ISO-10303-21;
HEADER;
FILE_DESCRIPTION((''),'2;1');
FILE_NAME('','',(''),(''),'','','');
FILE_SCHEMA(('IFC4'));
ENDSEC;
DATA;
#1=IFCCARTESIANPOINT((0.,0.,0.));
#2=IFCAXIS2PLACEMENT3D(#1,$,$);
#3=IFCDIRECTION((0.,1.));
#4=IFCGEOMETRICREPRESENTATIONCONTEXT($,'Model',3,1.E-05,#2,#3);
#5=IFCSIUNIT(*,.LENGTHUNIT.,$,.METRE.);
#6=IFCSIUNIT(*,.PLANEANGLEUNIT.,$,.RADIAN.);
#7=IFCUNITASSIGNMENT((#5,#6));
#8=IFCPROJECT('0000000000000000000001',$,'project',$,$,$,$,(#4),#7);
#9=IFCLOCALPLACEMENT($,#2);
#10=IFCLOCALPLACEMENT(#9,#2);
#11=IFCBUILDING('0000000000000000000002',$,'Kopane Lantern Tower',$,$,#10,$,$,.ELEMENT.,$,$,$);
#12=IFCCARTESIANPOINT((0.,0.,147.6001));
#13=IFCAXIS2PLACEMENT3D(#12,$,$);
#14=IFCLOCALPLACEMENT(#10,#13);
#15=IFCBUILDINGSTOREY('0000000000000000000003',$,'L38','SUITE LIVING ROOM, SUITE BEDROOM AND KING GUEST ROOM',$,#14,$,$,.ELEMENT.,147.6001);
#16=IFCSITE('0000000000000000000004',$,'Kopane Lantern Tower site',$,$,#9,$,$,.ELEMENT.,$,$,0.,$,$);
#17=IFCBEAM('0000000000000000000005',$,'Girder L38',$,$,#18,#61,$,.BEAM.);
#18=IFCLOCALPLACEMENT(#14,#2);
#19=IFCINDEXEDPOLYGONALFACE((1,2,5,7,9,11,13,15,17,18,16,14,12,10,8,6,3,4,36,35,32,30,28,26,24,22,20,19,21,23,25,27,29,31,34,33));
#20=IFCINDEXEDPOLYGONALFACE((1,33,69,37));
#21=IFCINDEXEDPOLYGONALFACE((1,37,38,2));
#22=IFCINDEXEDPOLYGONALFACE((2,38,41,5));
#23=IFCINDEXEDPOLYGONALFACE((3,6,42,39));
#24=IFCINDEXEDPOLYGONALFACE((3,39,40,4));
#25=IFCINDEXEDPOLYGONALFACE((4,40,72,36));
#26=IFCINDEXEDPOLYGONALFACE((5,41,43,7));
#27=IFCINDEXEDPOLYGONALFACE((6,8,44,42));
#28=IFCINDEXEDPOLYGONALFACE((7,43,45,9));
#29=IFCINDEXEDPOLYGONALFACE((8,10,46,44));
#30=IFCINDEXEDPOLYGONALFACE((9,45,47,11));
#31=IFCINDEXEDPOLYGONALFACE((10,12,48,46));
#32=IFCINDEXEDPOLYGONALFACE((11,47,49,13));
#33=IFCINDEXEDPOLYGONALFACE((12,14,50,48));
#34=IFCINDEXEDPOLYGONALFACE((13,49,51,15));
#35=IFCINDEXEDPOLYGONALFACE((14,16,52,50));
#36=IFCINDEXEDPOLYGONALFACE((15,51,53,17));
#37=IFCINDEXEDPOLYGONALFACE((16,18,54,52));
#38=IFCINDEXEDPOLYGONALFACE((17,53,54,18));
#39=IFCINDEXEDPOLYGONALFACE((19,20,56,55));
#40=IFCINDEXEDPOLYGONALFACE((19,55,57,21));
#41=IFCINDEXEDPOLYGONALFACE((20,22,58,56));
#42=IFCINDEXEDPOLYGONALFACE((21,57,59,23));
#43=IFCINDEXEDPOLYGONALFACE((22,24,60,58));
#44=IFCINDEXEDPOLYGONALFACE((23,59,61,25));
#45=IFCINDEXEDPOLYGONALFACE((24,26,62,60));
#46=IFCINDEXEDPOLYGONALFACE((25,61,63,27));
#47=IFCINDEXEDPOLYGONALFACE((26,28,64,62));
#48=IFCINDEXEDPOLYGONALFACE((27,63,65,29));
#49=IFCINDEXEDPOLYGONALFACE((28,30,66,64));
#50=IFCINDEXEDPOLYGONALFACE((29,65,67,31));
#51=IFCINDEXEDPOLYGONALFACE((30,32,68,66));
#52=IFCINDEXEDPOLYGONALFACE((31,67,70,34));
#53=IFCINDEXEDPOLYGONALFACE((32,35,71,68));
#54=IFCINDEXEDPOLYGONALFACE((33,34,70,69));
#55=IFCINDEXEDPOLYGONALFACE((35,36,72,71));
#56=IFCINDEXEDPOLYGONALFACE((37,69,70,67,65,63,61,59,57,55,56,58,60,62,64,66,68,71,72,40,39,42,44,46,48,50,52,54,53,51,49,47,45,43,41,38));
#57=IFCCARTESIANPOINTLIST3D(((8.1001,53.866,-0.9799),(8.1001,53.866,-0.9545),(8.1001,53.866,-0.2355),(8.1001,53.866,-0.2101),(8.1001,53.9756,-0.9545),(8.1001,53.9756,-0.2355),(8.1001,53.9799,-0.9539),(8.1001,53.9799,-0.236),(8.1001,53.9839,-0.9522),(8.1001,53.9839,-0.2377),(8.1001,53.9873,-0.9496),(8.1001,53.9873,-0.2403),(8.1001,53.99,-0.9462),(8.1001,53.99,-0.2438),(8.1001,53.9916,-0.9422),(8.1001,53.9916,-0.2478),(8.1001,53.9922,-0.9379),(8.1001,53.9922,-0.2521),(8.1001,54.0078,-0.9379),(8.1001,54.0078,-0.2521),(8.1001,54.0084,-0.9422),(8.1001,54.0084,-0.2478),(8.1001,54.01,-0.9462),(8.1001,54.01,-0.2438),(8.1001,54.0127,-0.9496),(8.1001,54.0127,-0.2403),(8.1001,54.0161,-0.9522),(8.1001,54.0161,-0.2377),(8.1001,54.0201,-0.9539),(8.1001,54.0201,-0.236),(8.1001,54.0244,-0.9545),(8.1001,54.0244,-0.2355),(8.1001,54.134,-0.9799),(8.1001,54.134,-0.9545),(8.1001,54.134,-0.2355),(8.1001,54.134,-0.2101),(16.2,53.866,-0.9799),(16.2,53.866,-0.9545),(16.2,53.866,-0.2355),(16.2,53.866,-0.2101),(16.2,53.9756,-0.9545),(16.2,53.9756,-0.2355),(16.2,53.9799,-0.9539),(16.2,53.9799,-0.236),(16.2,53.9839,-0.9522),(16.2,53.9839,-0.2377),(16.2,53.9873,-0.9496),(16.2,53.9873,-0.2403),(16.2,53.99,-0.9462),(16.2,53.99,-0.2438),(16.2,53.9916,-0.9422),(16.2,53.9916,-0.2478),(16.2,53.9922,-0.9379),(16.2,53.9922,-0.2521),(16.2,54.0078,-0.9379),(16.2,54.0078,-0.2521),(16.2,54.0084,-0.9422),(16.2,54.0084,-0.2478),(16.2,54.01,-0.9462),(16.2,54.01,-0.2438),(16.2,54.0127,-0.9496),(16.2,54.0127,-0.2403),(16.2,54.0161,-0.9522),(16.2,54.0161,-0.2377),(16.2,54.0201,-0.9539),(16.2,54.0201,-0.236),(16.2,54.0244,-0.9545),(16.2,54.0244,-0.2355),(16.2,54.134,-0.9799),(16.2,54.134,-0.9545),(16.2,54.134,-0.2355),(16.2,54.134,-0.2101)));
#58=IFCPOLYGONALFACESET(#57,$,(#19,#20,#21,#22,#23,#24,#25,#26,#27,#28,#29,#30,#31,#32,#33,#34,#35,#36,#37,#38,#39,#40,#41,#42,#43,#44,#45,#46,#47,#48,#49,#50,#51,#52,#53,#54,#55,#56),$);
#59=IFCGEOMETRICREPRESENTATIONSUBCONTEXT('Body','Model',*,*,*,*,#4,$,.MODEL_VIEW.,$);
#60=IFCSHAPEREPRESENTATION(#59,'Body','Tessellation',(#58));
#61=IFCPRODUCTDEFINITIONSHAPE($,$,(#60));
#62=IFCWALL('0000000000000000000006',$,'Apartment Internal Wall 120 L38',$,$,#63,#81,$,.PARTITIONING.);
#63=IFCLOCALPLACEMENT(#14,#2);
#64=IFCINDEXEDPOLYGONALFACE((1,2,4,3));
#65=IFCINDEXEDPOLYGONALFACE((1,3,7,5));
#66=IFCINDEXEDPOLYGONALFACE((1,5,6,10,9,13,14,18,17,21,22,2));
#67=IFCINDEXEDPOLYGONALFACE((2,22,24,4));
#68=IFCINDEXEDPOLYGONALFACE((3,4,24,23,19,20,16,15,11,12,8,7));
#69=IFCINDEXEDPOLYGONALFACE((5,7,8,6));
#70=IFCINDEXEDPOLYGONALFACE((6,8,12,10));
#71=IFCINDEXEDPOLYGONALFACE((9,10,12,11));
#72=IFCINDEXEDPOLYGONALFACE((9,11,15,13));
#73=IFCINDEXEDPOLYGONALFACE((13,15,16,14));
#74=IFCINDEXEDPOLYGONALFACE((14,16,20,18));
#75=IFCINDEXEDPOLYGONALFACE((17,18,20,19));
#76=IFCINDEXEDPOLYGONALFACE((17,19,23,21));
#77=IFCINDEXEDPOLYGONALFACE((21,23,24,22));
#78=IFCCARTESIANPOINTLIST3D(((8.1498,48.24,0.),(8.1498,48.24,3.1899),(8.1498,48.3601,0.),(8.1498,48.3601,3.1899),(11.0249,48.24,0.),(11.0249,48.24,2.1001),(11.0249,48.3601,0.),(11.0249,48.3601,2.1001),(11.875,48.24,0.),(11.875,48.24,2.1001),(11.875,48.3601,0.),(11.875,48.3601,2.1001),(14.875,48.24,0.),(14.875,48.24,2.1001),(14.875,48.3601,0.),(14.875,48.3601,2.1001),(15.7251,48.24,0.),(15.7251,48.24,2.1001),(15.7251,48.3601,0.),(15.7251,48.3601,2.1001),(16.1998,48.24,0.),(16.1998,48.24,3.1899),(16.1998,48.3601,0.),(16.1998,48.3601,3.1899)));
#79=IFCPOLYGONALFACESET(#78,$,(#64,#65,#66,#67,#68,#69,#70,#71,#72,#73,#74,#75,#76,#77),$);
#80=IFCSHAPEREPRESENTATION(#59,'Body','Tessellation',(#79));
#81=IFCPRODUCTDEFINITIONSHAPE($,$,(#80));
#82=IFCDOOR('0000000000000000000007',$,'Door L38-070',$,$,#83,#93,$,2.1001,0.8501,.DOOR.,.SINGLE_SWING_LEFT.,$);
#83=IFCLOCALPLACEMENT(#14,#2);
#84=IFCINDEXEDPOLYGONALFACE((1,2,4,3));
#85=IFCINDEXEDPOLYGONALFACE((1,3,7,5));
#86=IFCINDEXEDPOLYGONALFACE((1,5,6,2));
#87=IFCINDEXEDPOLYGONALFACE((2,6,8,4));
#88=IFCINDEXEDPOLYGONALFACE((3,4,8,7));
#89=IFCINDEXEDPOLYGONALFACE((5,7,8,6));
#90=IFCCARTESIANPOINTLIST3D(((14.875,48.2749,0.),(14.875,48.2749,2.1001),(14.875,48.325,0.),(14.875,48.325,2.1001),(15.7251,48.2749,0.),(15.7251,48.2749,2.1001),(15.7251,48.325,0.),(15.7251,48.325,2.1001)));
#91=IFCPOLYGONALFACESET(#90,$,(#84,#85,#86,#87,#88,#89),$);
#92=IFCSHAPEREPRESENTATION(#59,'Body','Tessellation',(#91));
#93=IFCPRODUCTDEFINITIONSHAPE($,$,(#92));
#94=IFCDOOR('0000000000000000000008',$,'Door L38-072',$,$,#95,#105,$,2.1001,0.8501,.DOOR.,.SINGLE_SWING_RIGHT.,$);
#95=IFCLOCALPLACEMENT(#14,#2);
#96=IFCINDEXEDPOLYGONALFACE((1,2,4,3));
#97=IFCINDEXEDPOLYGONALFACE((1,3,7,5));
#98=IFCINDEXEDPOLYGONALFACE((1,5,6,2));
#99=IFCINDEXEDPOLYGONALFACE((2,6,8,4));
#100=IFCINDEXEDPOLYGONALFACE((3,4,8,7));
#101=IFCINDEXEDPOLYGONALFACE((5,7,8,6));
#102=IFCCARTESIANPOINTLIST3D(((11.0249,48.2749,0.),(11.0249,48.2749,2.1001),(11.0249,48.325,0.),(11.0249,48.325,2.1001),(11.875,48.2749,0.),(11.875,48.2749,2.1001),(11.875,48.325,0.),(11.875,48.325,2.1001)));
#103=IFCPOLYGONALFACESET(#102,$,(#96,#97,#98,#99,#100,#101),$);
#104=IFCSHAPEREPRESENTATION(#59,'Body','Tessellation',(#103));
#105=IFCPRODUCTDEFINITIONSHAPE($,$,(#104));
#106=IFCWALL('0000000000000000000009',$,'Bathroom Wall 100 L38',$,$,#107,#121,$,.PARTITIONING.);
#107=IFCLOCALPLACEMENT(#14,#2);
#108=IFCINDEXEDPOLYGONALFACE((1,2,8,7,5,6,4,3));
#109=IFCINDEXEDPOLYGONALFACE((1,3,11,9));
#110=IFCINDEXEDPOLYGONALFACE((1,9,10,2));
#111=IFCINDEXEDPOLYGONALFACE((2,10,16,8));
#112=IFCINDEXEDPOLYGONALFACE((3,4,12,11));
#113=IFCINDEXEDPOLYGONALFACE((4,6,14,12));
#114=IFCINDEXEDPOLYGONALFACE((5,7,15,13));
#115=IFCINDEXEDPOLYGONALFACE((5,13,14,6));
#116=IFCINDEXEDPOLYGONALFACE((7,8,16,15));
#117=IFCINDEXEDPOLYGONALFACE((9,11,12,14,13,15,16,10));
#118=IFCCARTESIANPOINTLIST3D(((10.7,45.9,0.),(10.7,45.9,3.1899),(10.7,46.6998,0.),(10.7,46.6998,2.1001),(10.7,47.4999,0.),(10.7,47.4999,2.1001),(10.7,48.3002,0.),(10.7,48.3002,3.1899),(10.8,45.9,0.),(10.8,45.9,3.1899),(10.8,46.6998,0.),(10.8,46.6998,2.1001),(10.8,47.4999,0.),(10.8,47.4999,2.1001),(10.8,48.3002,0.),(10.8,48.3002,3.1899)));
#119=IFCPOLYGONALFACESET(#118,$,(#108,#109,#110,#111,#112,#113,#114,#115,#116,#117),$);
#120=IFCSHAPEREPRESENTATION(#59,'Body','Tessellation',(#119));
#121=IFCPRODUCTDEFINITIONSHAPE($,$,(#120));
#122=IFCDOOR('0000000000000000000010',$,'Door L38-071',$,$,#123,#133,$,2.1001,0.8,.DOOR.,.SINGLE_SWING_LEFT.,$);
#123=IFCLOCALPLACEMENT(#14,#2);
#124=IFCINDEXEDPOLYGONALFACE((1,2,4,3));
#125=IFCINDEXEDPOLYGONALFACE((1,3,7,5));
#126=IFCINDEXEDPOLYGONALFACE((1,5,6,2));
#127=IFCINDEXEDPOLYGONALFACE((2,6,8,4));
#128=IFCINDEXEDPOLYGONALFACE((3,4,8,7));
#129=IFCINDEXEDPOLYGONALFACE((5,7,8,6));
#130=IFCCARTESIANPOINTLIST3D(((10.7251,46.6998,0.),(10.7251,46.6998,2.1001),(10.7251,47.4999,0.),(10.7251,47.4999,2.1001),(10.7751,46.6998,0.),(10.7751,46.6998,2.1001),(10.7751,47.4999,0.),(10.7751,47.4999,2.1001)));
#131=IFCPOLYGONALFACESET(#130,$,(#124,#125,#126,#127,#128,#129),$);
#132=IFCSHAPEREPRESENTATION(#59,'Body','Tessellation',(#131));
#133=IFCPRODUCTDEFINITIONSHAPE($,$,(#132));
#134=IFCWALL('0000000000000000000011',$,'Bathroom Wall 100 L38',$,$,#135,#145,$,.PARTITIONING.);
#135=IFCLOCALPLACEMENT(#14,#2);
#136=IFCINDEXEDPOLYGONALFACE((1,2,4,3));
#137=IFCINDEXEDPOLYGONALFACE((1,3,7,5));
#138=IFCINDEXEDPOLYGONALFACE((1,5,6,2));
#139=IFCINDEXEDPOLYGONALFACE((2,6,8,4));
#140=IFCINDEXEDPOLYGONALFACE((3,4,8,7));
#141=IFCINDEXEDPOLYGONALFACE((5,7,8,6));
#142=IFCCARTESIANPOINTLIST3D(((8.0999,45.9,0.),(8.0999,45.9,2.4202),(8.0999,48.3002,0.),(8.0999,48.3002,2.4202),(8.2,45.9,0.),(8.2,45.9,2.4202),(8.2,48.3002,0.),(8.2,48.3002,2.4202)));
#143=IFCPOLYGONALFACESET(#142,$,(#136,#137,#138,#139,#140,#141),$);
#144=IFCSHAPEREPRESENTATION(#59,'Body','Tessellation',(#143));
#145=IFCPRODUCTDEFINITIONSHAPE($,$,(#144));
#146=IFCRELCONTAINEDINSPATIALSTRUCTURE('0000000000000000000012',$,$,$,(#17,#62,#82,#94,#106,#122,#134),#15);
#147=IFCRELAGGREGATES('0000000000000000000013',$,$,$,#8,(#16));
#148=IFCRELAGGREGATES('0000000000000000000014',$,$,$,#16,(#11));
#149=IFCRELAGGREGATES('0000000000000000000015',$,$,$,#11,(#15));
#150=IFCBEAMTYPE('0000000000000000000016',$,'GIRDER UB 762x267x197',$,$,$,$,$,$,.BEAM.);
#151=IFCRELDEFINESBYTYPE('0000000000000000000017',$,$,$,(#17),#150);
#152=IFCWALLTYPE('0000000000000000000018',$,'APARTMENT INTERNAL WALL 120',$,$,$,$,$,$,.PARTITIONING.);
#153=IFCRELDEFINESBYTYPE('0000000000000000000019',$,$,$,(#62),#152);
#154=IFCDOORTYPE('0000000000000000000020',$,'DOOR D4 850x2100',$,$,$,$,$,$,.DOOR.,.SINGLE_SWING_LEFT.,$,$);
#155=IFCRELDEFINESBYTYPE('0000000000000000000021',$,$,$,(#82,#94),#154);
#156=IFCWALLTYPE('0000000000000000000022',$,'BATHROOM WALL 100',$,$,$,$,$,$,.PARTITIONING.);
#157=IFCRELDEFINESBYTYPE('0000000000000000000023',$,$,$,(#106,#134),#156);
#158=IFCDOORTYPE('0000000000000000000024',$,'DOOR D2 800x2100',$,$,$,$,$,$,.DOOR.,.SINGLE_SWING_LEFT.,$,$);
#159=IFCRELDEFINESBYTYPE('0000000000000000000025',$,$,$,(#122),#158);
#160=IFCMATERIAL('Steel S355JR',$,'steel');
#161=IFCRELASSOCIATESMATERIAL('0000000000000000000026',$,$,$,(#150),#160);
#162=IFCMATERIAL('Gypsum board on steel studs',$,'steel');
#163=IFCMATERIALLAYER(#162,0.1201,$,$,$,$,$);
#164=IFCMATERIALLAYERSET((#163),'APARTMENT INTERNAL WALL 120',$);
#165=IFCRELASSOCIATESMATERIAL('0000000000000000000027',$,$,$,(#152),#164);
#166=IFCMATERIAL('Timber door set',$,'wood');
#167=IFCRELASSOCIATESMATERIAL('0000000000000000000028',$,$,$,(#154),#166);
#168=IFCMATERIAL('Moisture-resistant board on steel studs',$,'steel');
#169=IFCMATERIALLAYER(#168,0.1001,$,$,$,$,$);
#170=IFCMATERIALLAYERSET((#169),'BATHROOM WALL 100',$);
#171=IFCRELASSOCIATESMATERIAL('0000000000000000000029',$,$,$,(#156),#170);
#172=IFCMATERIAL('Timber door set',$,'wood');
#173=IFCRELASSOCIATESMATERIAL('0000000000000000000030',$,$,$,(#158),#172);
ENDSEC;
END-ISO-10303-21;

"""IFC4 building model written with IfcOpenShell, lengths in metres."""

from ifc_helpers import new_model, si_unit, direction, frame, frame_2d, origin, origin_2d, place, context, subcontext, project, spatial, rectangle, i_section, extrude, material, layer, layer_set, material_profile, profile_set, type_object, element, fill, save


model = new_model("IFC4")

# Units and contexts
model_context = context("Model", 3, precision=1e-05, world=origin(), true_north=direction((0.0, 1.0)))
body_context = subcontext(model_context, "Body", "Model", "MODEL_VIEW")
ifc_project = project(units=[si_unit("LENGTHUNIT", "METRE"), si_unit("PLANEANGLEUNIT", "RADIAN")], contexts=[model_context])

# Site, building, storey
site_placement = place(None, origin())
site = spatial("IfcSite", under=ifc_project, at=site_placement, Name="Kopane Lantern Tower site", CompositionType="ELEMENT", RefElevation=0.0)
building_placement = place(site_placement, origin())
building = spatial("IfcBuilding", under=site, at=building_placement, Name="Kopane Lantern Tower", CompositionType="ELEMENT")
storey_placement = place(building_placement, frame((0.0, 0.0, 147.6001)))
storey = spatial("IfcBuildingStorey", under=building, at=storey_placement, Name="L38", Description="SUITE LIVING ROOM, SUITE BEDROOM AND KING GUEST ROOM", CompositionType="ELEMENT", Elevation=147.6001)

# Beam
ifc_material_1 = material(Name="Steel S355JR", Category="steel")
ifc_material_profile_1 = material_profile(ifc_material_1, i_section(OverallWidth=0.2681, OverallDepth=0.7698, WebThickness=0.0156, FlangeThickness=0.0254, FilletRadius=0.0166, at=origin_2d()), Name="UB 762x267x197")
ifc_profile_set_1 = profile_set([ifc_material_profile_1], Name="Steel S355JR")
beam_type_1 = type_object("IfcBeamType", Name="GIRDER UB 762x267x197", PredefinedType="BEAM", material=ifc_profile_set_1)
beam_1_placement = place(storey_placement, frame((8.1001, 54.0, -0.595), z_axis=(1.0, 0.0, 0.0), x_axis=(0.0, 1.0, 0.0)))
element("IfcBeam", 1, at=beam_1_placement, inside=storey, type_object=beam_type_1, Name="Girder L38", PredefinedType="BEAM", context=body_context, shape_type="SweptSolid", body=[
    extrude(i_section(OverallWidth=0.2681, OverallDepth=0.7698, WebThickness=0.0156, FlangeThickness=0.0254, FilletRadius=0.0166, at=origin_2d()), origin(), (0.0, 0.0, 1.0), 8.0999),
])

# Wall, openings, doors
ifc_material_2 = material(Name="Gypsum board on steel studs", Category="steel")
ifc_layer_1 = layer(ifc_material_2, 0.1201)
ifc_layer_set_1 = layer_set([ifc_layer_1], Name="APARTMENT INTERNAL WALL 120")
wall_type_1 = type_object("IfcWallType", Name="APARTMENT INTERNAL WALL 120", PredefinedType="PARTITIONING", material=ifc_layer_set_1)
wall_1_placement = place(storey_placement, frame((8.1499, 48.3, 0.0), z_axis=(0.0, 0.0, 1.0), x_axis=(1.0, 0.0, 0.0)))
wall_1 = element("IfcWall", 2, at=wall_1_placement, inside=storey, type_object=wall_type_1, Name="Apartment Internal Wall 120 L38", PredefinedType="PARTITIONING", context=body_context, shape_type="SweptSolid", body=[
    extrude(rectangle(XDim=8.05, YDim=0.1201, at=frame_2d((4.0249, 0.0))), origin(), (0.0, 0.0, 1.0), 3.1899),
])
opening_1_placement = place(wall_1_placement, frame((6.7251, 0.0, 0.0)))
opening_1 = element("IfcOpeningElement", 3, at=opening_1_placement, cuts=wall_1, PredefinedType="OPENING", context=body_context, shape_type="SweptSolid", body=[
    extrude(rectangle(XDim=0.8501, YDim=2.1001, at=frame_2d((0.425, 1.05))), frame((0.0, 0.0701, 0.0), z_axis=(0.0, -1.0, 0.0), x_axis=(1.0, 0.0, 0.0)), (0.0, 0.0, 1.0), 0.1401),
])
opening_2_placement = place(wall_1_placement, frame((2.875, 0.0, 0.0)))
opening_2 = element("IfcOpeningElement", 4, at=opening_2_placement, cuts=wall_1, PredefinedType="OPENING", context=body_context, shape_type="SweptSolid", body=[
    extrude(rectangle(XDim=0.8501, YDim=2.1001, at=frame_2d((0.425, 1.05))), frame((0.0, 0.0701, 0.0), z_axis=(0.0, -1.0, 0.0), x_axis=(1.0, 0.0, 0.0)), (0.0, 0.0, 1.0), 0.1401),
])
ifc_material_3 = material(Name="Timber door set", Category="wood")
door_type_1 = type_object("IfcDoorType", Name="DOOR D4 850x2100", OperationType="SINGLE_SWING_LEFT", PredefinedType="DOOR", material=ifc_material_3)
door_1_placement = place(opening_1_placement, origin())
door_1 = element("IfcDoor", 5, at=door_1_placement, inside=storey, type_object=door_type_1, Name="Door L38-070", OperationType="SINGLE_SWING_LEFT", OverallHeight=2.1001, OverallWidth=0.8501, PredefinedType="DOOR", context=body_context, shape_type="SweptSolid", body=[
    extrude(rectangle(XDim=0.8501, YDim=2.1001, at=frame_2d((0.425, 1.05))), frame((0.0, 0.0249, 0.0), z_axis=(0.0, -1.0, 0.0), x_axis=(1.0, 0.0, 0.0)), (0.0, 0.0, 1.0), 0.05),
])
fill(opening_1, door_1)
door_2_placement = place(opening_2_placement, origin())
door_2 = element("IfcDoor", 6, at=door_2_placement, inside=storey, type_object=door_type_1, Name="Door L38-072", OperationType="SINGLE_SWING_RIGHT", OverallHeight=2.1001, OverallWidth=0.8501, PredefinedType="DOOR", context=body_context, shape_type="SweptSolid", body=[
    extrude(rectangle(XDim=0.8501, YDim=2.1001, at=frame_2d((0.425, 1.05))), frame((0.0, 0.0249, 0.0), z_axis=(0.0, -1.0, 0.0), x_axis=(1.0, 0.0, 0.0)), (0.0, 0.0, 1.0), 0.05),
])
fill(opening_2, door_2)

# Wall, opening, door
ifc_material_4 = material(Name="Moisture-resistant board on steel studs", Category="steel")
ifc_layer_2 = layer(ifc_material_4, 0.1001)
ifc_layer_set_2 = layer_set([ifc_layer_2], Name="BATHROOM WALL 100")
wall_type_2 = type_object("IfcWallType", Name="BATHROOM WALL 100", PredefinedType="PARTITIONING", material=ifc_layer_set_2)
wall_2_placement = place(storey_placement, frame((10.75, 45.8999, 0.0), z_axis=(0.0, 0.0, 1.0), x_axis=(0.0, 1.0, 0.0)))
wall_2 = element("IfcWall", 7, at=wall_2_placement, inside=storey, type_object=wall_type_2, Name="Bathroom Wall 100 L38", PredefinedType="PARTITIONING", context=body_context, shape_type="SweptSolid", body=[
    extrude(rectangle(XDim=2.4001, YDim=0.1001, at=frame_2d((1.2002, 0.0))), origin(), (0.0, 0.0, 1.0), 3.1899),
])
opening_3_placement = place(wall_2_placement, frame((0.8, 0.0, 0.0)))
opening_3 = element("IfcOpeningElement", 8, at=opening_3_placement, cuts=wall_2, PredefinedType="OPENING", context=body_context, shape_type="SweptSolid", body=[
    extrude(rectangle(XDim=0.8, YDim=2.1001, at=frame_2d((0.3999, 1.05))), frame((0.0, 0.0601, 0.0), z_axis=(0.0, -1.0, 0.0), x_axis=(1.0, 0.0, 0.0)), (0.0, 0.0, 1.0), 0.1201),
])
ifc_material_5 = material(Name="Timber door set", Category="wood")
door_type_2 = type_object("IfcDoorType", Name="DOOR D2 800x2100", OperationType="SINGLE_SWING_LEFT", PredefinedType="DOOR", material=ifc_material_5)
door_3_placement = place(opening_3_placement, origin())
door_3 = element("IfcDoor", 9, at=door_3_placement, inside=storey, type_object=door_type_2, Name="Door L38-071", OperationType="SINGLE_SWING_LEFT", OverallHeight=2.1001, OverallWidth=0.8, PredefinedType="DOOR", context=body_context, shape_type="SweptSolid", body=[
    extrude(rectangle(XDim=0.8, YDim=2.1001, at=frame_2d((0.3999, 1.05))), frame((0.0, 0.0249, 0.0), z_axis=(0.0, -1.0, 0.0), x_axis=(1.0, 0.0, 0.0)), (0.0, 0.0, 1.0), 0.05),
])
fill(opening_3, door_3)

# Wall
wall_3_placement = place(storey_placement, frame((8.1499, 45.8999, 0.0), z_axis=(0.0, 0.0, 1.0), x_axis=(0.0, 1.0, 0.0)))
element("IfcWall", 10, at=wall_3_placement, inside=storey, type_object=wall_type_2, Name="Bathroom Wall 100 L38", PredefinedType="PARTITIONING", context=body_context, shape_type="SweptSolid", body=[
    extrude(rectangle(XDim=2.4001, YDim=0.1001, at=frame_2d((1.2002, 0.0))), origin(), (0.0, 0.0, 1.0), 2.4202),
])

save(model, "model.ifc")
